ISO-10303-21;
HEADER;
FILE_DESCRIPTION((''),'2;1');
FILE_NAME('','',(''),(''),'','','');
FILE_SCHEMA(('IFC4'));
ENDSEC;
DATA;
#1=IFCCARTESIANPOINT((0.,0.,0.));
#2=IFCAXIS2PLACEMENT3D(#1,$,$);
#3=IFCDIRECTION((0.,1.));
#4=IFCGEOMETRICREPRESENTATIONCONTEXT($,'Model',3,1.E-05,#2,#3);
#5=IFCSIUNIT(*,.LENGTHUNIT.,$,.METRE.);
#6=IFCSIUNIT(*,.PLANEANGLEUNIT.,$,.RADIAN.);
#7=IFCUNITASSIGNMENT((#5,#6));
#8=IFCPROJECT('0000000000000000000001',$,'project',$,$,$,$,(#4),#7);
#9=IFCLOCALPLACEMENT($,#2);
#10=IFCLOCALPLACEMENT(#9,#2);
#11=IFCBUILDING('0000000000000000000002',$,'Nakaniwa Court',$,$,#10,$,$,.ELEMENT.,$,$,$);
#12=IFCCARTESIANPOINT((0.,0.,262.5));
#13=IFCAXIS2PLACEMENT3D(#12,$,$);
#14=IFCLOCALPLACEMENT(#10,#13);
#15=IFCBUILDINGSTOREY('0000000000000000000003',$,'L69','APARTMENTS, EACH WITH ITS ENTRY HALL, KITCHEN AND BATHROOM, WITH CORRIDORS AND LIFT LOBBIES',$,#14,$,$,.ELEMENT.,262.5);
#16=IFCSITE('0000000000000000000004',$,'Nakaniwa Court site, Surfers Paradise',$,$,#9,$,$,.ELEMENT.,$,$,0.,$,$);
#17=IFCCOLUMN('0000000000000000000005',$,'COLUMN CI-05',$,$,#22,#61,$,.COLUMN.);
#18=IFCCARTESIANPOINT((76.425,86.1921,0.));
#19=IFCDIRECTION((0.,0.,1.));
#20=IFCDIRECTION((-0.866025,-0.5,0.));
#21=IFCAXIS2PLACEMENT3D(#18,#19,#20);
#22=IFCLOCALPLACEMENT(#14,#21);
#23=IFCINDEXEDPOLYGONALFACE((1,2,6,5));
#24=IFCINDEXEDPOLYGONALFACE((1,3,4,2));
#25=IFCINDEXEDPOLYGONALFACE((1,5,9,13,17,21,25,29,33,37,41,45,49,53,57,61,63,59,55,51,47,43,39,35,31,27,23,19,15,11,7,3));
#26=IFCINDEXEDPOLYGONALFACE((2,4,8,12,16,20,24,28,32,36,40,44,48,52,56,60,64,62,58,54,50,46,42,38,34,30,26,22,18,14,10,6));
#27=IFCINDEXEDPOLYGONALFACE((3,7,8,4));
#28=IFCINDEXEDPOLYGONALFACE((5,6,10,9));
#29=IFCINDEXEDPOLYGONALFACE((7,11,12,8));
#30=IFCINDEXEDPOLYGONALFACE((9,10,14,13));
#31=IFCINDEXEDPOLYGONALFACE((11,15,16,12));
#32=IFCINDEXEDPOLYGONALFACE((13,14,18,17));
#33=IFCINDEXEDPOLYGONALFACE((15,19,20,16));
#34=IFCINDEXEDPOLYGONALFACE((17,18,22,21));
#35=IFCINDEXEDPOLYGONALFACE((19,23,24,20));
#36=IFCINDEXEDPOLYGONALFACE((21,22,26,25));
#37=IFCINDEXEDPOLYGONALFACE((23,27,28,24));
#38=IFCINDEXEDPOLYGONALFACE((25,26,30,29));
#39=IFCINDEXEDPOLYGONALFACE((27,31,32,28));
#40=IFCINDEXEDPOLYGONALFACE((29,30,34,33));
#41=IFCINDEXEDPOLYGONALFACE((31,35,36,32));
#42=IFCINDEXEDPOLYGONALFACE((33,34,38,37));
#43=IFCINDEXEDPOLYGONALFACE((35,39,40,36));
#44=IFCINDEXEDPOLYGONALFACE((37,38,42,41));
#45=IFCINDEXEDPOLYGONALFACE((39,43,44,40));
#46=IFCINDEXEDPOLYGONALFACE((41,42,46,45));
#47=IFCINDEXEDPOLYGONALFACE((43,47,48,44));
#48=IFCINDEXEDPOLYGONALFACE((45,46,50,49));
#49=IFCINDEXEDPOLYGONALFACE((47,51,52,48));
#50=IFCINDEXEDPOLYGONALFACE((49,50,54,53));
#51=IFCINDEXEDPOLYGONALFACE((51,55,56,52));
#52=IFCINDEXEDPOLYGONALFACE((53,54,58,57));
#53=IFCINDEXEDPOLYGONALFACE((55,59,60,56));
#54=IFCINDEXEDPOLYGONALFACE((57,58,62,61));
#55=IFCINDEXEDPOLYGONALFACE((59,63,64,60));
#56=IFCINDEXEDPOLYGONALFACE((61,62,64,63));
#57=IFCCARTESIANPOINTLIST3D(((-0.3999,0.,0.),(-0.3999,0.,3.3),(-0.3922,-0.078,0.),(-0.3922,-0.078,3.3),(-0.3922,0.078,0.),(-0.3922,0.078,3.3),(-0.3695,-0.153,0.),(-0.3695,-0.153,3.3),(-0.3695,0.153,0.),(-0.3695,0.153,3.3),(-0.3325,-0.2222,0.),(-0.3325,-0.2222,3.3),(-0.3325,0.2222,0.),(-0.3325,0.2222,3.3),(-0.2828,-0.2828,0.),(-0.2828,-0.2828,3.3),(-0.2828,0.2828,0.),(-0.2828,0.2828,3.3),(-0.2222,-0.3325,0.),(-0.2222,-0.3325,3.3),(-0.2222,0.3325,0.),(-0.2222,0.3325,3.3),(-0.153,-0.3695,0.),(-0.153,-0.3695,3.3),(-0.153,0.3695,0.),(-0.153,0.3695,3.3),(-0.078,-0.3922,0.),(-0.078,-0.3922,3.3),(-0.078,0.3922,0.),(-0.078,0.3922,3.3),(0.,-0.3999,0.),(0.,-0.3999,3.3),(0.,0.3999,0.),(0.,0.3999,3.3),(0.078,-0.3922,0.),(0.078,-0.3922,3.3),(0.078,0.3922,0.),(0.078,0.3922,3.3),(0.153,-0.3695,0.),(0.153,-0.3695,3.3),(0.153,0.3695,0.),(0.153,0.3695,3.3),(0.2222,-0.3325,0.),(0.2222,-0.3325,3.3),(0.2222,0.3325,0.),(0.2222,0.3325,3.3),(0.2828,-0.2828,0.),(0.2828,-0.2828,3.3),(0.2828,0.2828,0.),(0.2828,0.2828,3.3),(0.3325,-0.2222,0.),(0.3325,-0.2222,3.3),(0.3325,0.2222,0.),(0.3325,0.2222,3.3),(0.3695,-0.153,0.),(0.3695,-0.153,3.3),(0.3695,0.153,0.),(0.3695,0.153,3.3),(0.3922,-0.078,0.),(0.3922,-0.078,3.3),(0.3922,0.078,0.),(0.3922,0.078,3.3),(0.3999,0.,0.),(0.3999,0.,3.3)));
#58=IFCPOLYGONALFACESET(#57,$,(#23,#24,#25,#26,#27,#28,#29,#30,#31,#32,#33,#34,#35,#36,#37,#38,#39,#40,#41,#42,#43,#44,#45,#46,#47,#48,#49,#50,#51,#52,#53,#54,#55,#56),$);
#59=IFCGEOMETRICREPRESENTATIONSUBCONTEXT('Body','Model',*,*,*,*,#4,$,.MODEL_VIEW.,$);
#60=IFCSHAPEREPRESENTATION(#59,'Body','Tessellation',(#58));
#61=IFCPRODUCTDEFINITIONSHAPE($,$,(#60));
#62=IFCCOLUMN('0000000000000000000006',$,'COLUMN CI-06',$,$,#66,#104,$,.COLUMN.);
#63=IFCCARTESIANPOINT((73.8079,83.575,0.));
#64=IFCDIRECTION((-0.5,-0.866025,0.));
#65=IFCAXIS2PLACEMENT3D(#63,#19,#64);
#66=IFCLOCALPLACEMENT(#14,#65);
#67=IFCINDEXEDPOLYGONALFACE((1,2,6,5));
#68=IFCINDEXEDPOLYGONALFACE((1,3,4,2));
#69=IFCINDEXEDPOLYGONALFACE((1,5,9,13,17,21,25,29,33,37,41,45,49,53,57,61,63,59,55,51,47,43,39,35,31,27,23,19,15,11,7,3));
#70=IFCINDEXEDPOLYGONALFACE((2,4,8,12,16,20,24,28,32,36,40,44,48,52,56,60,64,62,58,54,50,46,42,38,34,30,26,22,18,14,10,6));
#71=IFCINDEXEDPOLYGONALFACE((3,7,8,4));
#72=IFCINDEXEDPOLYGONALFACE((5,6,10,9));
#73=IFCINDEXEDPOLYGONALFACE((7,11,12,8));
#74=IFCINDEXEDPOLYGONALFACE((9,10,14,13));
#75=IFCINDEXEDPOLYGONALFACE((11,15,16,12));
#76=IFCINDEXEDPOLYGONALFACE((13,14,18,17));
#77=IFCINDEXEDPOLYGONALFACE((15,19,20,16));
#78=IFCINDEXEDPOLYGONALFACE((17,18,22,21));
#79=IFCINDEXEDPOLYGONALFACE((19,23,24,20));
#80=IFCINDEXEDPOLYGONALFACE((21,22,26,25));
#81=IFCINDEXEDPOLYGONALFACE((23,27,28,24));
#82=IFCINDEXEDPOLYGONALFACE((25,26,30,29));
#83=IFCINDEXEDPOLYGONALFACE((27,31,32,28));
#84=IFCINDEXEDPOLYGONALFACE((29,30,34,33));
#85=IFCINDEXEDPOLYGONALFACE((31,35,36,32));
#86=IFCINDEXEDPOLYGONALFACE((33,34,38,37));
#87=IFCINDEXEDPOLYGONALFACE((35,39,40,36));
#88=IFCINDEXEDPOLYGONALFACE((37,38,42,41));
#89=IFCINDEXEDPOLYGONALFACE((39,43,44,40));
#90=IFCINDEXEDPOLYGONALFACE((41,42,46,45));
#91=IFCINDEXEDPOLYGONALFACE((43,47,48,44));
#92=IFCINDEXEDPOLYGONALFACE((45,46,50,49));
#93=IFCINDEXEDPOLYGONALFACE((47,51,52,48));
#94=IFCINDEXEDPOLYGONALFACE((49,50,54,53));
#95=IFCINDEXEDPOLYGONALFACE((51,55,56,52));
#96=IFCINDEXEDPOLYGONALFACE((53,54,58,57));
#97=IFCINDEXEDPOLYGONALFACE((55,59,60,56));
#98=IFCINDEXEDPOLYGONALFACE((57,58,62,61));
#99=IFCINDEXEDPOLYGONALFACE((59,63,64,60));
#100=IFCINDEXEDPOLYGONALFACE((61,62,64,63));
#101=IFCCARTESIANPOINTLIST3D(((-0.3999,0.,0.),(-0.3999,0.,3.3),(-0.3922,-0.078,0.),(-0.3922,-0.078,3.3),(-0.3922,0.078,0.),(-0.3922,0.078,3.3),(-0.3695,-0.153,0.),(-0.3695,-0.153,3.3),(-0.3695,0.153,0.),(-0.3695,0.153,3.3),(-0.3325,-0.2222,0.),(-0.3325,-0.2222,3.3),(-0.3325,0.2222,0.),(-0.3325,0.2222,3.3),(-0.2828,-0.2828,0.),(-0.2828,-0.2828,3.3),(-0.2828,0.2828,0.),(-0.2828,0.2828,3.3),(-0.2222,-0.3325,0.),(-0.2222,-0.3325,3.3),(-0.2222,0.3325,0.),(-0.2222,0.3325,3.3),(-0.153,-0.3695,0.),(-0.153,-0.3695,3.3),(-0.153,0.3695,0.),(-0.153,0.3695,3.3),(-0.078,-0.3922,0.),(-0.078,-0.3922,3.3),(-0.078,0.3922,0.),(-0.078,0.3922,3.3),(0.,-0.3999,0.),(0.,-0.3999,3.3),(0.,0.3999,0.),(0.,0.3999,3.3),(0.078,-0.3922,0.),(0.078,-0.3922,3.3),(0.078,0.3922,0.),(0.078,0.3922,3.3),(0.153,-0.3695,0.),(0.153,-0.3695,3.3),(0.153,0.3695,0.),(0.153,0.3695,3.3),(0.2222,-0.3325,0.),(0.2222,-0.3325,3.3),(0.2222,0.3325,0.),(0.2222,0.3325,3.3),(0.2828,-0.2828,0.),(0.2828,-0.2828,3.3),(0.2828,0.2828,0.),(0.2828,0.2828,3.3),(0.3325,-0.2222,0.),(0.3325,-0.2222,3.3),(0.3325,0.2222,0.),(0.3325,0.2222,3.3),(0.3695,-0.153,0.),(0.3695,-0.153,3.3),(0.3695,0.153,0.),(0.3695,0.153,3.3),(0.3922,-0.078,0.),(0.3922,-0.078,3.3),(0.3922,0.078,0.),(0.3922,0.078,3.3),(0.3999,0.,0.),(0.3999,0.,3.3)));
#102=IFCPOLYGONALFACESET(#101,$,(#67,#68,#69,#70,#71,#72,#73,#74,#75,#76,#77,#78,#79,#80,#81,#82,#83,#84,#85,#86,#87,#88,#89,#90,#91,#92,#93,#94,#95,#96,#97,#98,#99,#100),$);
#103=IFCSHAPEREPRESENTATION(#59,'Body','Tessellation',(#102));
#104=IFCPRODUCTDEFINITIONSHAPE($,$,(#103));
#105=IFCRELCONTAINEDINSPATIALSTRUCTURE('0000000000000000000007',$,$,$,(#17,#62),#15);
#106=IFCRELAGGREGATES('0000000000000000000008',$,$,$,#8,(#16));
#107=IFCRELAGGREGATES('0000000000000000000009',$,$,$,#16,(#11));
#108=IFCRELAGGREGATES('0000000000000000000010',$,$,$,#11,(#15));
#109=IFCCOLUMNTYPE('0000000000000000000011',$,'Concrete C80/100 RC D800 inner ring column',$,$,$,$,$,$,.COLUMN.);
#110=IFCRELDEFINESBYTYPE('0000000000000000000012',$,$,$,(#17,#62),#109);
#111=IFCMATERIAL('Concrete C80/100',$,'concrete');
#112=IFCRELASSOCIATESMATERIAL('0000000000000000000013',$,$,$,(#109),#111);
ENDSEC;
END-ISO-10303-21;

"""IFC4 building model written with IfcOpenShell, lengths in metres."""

from ifc_helpers import new_model, si_unit, direction, frame, origin, origin_2d, place, context, subcontext, project, spatial, circle, extrude, material, material_profile, profile_set, type_object, element, save


model = new_model("IFC4")

# Units and contexts
model_context = context("Model", 3, precision=1e-05, world=origin(), true_north=direction((0.0, 1.0)))
body_context = subcontext(model_context, "Body", "Model", "MODEL_VIEW")
ifc_project = project(units=[si_unit("LENGTHUNIT", "METRE"), si_unit("PLANEANGLEUNIT", "RADIAN")], contexts=[model_context])

# Site, building, storey
site_placement = place(None, origin())
site = spatial("IfcSite", under=ifc_project, at=site_placement, Name="Nakaniwa Court site, Surfers Paradise", CompositionType="ELEMENT", RefElevation=0.0)
building_placement = place(site_placement, origin())
building = spatial("IfcBuilding", under=site, at=building_placement, Name="Nakaniwa Court", CompositionType="ELEMENT")
storey_placement = place(building_placement, frame((0.0, 0.0, 262.5)))
storey = spatial("IfcBuildingStorey", under=building, at=storey_placement, Name="L69", Description="APARTMENTS, EACH WITH ITS ENTRY HALL, KITCHEN AND BATHROOM, WITH CORRIDORS AND LIFT LOBBIES", CompositionType="ELEMENT", Elevation=262.5)

# Columns
ifc_material_1 = material(Name="Concrete C80/100", Category="concrete")
ifc_material_profile_1 = material_profile(ifc_material_1, circle(Radius=0.3999, at=origin_2d()), Name="Concrete C80/100 RC D800 inner ring column")
ifc_profile_set_1 = profile_set([ifc_material_profile_1], Name="Concrete C80/100")
column_type_1 = type_object("IfcColumnType", Name="Concrete C80/100 RC D800 inner ring column", PredefinedType="COLUMN", material=ifc_profile_set_1)
for number, where, z_axis, x_axis, name in (
    (1, (76.425, 86.1921, 0.0), (0.0, 0.0, 1.0), (-0.866025, -0.5, 0.0), "COLUMN CI-05"),
    (2, (73.8079, 83.575, 0.0), (0.0, 0.0, 1.0), (-0.5, -0.866025, 0.0), "COLUMN CI-06"),
):
    element("IfcColumn", number, at=place(storey_placement, frame(where, z_axis=z_axis, x_axis=x_axis)), inside=storey, type_object=column_type_1, Name=name, PredefinedType="COLUMN", context=body_context, shape_type="SweptSolid", body=[
        extrude(circle(Radius=0.3999, at=origin_2d()), origin(), (0.0, 0.0, 1.0), 3.3),
    ])

save(model, "model.ifc")
